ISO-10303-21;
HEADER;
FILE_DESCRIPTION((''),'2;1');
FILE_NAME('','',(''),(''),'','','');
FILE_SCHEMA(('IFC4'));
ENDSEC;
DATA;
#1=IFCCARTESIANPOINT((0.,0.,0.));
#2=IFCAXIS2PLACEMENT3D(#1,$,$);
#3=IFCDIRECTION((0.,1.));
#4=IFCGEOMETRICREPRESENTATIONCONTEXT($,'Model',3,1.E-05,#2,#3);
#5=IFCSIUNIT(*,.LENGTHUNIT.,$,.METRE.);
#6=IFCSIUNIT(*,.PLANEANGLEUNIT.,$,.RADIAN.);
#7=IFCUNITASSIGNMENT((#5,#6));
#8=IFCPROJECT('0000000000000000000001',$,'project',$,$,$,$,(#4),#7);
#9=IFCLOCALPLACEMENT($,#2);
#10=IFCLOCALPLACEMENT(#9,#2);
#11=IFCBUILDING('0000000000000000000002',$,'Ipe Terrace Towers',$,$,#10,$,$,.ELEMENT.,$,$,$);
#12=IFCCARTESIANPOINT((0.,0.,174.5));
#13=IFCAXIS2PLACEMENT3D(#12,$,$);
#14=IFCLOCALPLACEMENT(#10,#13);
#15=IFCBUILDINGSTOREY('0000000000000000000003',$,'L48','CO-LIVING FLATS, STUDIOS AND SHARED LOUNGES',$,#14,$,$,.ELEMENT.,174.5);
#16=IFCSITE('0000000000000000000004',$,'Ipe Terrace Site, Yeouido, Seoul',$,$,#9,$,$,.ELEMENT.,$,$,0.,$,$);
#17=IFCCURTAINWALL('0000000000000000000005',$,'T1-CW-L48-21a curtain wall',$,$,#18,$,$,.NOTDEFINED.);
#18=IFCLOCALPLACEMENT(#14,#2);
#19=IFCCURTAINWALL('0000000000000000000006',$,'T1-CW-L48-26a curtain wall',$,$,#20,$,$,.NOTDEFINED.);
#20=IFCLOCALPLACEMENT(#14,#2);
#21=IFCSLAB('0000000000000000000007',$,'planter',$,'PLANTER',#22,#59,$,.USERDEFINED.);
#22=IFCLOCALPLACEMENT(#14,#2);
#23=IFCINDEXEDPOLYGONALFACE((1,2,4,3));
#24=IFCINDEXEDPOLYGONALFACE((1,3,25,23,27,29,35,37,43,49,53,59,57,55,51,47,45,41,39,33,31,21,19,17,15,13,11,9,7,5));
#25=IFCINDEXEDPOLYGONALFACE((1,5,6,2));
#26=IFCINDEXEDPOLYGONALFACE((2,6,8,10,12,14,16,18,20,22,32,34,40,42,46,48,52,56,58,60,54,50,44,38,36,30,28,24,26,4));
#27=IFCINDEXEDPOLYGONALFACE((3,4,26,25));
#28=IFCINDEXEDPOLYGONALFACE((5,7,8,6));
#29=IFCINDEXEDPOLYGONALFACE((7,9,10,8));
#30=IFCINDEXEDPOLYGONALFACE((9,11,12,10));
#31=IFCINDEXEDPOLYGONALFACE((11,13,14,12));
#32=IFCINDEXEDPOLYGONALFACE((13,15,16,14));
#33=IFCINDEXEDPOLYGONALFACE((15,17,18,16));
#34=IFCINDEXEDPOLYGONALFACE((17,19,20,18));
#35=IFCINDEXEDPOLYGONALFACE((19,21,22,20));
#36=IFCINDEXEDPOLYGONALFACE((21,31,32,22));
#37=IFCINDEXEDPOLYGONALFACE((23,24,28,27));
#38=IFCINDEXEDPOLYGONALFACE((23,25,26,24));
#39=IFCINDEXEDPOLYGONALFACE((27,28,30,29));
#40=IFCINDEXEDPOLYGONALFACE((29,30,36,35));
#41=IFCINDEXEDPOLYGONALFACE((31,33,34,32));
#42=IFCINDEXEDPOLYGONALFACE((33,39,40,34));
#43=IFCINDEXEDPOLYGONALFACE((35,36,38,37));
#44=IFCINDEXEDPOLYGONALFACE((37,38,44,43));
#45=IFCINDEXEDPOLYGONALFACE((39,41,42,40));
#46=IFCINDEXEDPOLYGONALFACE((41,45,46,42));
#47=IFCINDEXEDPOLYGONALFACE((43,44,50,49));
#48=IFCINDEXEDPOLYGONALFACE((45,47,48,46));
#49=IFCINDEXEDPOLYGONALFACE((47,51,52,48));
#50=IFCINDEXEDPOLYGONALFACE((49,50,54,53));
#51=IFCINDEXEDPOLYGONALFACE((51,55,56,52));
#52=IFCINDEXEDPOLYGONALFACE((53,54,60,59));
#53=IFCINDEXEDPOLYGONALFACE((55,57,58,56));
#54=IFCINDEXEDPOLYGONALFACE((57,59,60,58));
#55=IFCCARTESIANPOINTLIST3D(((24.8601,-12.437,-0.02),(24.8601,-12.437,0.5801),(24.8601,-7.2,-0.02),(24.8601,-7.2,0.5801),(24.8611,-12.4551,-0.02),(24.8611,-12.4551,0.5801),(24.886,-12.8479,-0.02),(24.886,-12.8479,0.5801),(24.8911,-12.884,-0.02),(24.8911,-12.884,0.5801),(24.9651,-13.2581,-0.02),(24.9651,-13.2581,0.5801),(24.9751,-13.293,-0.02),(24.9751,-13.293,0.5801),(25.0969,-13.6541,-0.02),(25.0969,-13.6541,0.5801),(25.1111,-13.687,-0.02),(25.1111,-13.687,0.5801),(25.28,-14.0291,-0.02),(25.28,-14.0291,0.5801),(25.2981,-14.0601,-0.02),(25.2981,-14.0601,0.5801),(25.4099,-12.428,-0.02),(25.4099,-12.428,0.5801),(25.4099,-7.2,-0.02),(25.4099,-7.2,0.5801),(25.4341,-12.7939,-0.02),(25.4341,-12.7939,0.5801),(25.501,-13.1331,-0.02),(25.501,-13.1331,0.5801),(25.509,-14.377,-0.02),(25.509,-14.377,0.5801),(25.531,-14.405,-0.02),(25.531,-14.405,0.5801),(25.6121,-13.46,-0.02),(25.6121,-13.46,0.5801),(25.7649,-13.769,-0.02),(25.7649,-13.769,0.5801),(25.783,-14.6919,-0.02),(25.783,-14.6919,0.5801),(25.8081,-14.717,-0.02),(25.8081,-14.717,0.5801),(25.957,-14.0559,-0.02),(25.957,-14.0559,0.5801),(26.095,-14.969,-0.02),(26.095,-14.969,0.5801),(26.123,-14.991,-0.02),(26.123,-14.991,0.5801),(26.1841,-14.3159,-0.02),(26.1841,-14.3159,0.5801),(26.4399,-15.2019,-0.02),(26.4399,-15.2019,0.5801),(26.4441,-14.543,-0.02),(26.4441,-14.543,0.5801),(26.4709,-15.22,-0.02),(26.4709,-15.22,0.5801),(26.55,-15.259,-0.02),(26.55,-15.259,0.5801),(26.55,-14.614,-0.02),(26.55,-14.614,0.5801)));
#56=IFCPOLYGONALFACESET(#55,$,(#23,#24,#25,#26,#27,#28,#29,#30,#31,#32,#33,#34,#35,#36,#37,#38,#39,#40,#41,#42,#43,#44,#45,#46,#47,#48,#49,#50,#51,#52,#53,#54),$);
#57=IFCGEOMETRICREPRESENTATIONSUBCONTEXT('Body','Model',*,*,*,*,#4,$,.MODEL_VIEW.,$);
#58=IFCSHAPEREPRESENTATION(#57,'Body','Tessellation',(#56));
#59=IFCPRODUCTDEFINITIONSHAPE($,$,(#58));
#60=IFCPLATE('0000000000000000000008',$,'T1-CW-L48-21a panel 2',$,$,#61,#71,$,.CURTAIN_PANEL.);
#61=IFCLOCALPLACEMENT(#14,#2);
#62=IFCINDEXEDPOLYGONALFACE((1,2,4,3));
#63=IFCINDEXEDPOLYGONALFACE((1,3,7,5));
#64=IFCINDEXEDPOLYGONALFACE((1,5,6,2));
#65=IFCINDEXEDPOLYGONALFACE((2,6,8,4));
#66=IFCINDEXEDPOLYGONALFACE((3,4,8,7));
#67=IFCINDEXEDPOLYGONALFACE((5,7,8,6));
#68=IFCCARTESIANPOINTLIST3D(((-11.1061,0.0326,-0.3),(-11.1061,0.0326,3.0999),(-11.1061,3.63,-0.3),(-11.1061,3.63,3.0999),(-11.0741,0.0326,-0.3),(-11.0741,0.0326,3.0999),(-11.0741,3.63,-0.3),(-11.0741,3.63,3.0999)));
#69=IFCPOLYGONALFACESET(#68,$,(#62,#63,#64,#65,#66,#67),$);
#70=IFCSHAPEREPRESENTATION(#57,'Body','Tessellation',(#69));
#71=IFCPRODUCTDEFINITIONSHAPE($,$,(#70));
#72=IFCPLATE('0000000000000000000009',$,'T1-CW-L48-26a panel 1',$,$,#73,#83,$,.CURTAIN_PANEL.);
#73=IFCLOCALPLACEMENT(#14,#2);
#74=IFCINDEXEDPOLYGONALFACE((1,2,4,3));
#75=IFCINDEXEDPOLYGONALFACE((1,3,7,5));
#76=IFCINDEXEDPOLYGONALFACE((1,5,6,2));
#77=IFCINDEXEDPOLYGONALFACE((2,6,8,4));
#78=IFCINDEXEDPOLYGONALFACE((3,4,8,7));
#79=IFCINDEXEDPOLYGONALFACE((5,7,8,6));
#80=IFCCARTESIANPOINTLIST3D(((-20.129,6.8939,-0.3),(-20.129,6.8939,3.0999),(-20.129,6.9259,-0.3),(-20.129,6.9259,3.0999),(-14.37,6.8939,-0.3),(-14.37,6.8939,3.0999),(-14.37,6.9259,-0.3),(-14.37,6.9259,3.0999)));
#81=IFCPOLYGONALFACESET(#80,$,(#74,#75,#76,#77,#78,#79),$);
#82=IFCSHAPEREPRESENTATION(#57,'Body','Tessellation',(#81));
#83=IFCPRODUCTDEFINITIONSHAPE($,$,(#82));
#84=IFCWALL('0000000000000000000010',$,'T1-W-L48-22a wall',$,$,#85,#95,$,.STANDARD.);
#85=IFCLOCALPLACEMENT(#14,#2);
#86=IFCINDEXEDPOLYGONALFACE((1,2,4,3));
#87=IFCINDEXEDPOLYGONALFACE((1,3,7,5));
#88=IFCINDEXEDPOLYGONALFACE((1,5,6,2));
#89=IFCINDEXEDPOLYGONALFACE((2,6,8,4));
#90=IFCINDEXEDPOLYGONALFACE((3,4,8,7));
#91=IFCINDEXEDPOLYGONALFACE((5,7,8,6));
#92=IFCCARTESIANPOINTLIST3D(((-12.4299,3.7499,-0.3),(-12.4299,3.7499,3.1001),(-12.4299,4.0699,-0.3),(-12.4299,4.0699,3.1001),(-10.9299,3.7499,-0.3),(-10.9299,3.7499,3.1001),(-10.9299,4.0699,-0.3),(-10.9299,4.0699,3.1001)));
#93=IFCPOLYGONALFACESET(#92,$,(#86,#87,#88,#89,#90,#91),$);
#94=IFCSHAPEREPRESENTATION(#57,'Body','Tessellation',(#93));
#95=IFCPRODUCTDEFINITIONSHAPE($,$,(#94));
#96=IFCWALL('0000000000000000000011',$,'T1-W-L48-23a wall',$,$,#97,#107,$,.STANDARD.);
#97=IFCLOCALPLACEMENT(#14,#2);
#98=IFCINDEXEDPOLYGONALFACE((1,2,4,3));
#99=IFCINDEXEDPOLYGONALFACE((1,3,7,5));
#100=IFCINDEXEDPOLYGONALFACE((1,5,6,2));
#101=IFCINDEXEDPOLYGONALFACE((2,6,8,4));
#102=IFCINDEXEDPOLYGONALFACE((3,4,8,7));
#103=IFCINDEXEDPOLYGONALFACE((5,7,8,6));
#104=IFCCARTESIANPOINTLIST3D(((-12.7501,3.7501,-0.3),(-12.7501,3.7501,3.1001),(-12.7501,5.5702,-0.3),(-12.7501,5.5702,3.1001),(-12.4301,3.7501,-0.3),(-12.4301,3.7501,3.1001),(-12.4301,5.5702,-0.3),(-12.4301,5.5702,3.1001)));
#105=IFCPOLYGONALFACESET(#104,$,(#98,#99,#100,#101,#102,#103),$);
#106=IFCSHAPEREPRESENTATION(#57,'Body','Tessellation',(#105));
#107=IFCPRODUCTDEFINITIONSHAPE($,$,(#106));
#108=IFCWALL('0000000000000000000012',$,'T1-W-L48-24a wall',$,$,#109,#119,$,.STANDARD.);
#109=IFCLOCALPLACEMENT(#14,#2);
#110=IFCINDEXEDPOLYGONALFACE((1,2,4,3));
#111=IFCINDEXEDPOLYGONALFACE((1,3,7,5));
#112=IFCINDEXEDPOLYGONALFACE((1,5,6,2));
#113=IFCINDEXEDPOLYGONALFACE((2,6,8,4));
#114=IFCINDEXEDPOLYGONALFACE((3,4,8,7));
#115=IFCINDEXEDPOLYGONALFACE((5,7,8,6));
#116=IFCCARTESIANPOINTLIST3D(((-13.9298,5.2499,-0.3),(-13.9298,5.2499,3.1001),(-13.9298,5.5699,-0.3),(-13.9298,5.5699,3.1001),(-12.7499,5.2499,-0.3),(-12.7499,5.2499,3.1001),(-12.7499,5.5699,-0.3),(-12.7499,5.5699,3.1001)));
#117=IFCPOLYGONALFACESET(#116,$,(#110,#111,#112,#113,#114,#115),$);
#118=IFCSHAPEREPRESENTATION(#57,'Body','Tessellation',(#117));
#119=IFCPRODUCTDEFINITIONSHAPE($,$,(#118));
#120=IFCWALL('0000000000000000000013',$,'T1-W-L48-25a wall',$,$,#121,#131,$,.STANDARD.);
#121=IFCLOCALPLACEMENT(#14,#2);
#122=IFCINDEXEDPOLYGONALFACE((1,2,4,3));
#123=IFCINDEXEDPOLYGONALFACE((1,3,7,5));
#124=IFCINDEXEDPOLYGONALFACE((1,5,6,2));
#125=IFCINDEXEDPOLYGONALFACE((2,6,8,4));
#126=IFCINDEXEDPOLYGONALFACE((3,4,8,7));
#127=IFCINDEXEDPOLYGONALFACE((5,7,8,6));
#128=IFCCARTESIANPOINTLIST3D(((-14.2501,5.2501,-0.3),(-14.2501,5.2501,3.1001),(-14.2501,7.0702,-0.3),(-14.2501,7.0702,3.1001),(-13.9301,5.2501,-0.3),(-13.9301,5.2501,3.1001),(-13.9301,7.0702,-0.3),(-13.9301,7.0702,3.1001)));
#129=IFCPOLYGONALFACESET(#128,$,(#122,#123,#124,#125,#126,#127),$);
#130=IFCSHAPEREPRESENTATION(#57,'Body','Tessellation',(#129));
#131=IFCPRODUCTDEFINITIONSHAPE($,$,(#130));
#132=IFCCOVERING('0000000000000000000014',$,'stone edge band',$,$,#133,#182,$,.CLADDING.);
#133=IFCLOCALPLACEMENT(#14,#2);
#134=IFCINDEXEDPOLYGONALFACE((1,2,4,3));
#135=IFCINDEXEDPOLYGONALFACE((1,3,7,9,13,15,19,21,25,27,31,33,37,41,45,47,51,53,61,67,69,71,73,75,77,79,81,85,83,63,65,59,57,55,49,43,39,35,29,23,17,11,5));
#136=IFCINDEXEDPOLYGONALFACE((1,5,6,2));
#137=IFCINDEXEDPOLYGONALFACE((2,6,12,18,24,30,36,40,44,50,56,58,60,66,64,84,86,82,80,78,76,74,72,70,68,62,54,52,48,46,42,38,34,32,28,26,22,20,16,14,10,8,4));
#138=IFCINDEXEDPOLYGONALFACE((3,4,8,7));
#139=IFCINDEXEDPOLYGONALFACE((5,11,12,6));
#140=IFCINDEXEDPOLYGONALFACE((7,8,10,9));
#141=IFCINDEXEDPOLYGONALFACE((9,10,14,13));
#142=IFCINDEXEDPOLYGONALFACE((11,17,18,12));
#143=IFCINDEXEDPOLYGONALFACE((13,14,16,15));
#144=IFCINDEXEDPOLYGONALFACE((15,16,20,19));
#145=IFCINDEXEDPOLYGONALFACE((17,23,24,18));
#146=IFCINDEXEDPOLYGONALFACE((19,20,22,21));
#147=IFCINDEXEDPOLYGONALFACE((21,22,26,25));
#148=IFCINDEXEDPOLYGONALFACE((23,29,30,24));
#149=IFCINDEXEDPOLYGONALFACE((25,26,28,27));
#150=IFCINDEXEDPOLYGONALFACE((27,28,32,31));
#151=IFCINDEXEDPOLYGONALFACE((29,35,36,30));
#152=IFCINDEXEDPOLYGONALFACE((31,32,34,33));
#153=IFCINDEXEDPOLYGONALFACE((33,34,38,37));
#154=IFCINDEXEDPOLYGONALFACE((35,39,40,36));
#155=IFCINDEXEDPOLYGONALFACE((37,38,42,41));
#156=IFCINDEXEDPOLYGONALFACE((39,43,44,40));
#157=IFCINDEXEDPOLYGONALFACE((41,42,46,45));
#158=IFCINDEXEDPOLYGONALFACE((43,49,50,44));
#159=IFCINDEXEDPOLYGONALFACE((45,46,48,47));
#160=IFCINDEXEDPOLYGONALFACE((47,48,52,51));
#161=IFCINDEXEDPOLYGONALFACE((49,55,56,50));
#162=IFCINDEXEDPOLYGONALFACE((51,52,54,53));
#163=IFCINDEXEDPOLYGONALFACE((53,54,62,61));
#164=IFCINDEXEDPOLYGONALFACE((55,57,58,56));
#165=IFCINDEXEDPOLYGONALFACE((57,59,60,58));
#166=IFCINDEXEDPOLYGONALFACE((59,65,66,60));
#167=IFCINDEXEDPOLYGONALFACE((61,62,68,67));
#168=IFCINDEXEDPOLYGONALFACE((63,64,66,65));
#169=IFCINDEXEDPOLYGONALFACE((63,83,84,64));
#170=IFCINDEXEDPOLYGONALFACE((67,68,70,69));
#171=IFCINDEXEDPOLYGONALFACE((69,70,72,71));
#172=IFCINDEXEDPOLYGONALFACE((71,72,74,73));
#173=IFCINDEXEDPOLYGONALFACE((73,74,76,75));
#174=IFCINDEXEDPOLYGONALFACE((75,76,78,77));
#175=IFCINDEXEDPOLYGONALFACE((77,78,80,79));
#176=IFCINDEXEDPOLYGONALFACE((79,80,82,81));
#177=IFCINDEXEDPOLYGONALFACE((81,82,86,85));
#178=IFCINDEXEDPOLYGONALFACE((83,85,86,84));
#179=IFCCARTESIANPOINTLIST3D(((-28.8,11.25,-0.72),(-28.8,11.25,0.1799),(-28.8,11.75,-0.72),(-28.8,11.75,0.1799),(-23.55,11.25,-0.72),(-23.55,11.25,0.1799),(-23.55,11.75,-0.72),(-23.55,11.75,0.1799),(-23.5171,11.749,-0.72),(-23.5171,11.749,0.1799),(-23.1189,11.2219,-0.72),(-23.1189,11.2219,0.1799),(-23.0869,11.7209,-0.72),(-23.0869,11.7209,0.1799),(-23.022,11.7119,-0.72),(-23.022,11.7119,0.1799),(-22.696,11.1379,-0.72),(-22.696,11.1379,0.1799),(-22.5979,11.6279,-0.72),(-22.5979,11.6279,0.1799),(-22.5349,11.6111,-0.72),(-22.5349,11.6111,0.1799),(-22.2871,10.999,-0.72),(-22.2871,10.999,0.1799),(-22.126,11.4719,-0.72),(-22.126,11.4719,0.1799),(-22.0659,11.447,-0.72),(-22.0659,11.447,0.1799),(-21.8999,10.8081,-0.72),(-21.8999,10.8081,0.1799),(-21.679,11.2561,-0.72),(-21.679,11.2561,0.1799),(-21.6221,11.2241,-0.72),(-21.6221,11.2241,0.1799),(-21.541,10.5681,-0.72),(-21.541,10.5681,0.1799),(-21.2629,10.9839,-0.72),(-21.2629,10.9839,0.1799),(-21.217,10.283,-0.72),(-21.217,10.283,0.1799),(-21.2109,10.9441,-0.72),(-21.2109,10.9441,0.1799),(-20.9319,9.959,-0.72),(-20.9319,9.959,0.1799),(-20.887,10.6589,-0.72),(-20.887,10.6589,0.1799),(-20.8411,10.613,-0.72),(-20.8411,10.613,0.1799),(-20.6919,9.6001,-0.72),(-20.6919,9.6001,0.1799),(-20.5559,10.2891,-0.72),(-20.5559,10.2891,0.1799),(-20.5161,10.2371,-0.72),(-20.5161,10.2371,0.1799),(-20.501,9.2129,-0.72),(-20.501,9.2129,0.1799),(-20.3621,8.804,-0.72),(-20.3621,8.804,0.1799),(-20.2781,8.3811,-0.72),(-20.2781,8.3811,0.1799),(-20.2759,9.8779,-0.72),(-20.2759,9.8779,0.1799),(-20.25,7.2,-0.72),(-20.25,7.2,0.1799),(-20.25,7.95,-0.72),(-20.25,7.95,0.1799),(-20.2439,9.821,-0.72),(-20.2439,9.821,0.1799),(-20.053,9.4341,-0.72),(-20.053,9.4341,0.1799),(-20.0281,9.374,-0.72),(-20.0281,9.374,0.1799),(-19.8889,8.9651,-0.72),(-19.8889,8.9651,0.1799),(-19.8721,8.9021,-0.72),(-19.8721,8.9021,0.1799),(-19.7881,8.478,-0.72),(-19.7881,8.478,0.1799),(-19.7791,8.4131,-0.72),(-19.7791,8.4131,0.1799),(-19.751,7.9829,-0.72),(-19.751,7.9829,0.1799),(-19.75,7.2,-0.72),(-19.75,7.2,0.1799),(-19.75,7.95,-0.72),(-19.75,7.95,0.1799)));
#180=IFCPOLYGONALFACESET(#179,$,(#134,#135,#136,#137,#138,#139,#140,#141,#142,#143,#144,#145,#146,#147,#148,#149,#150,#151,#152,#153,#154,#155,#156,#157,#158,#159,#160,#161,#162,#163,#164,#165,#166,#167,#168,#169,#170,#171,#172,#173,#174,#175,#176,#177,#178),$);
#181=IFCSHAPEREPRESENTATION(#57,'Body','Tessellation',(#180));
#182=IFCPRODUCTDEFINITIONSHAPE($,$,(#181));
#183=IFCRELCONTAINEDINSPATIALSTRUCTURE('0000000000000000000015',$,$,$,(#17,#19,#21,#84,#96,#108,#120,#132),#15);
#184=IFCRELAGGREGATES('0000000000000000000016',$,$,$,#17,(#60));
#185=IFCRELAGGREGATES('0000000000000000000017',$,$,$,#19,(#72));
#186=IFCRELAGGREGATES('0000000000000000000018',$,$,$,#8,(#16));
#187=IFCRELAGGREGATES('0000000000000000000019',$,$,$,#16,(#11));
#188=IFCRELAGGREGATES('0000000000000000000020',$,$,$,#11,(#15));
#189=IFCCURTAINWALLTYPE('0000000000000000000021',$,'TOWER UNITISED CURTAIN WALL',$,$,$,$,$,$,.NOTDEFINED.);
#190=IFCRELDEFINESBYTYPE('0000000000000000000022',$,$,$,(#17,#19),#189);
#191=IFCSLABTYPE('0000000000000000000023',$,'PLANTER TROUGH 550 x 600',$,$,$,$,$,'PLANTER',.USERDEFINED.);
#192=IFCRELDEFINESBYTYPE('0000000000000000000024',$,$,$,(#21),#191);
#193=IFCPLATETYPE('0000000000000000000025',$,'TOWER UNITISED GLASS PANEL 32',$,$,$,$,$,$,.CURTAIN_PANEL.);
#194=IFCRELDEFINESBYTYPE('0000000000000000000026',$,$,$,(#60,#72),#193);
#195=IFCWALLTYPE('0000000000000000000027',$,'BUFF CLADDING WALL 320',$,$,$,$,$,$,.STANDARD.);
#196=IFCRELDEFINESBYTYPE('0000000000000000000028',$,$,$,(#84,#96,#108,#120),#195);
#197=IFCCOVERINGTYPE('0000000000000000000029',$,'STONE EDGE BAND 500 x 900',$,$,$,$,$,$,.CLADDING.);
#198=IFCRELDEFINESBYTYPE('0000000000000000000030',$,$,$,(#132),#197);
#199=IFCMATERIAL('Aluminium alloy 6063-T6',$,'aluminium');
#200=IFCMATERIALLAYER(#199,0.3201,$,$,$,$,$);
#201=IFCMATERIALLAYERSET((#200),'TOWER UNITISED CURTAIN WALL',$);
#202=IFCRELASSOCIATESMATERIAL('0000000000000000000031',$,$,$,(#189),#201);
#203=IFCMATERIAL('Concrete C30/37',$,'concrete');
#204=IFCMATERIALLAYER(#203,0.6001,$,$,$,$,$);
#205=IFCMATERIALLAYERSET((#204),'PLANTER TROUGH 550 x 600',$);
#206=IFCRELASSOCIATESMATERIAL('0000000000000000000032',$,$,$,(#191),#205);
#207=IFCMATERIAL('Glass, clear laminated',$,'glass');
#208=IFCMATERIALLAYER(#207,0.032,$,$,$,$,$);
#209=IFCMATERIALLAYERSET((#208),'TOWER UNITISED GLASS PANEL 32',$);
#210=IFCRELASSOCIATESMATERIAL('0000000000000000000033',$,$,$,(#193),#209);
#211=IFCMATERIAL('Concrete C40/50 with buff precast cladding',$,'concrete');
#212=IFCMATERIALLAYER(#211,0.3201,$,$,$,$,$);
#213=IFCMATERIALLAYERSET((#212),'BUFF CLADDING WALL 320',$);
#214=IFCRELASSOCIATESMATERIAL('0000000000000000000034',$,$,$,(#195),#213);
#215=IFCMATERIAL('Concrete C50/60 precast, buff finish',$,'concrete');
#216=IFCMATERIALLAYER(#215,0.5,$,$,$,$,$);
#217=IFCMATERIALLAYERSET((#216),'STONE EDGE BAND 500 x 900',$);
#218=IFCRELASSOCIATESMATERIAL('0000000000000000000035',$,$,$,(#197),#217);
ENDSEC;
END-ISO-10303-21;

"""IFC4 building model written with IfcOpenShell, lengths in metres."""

from ifc_helpers import new_model, si_unit, direction, frame, frame_2d, origin, origin_2d, place, context, subcontext, project, spatial, polyline, rectangle, outline, extrude, material, layer, layer_set, type_object, element, aggregate, save


model = new_model("IFC4")

# Units and contexts
model_context = context("Model", 3, precision=1e-05, world=origin(), true_north=direction((0.0, 1.0)))
body_context = subcontext(model_context, "Body", "Model", "MODEL_VIEW")
ifc_project = project(units=[si_unit("LENGTHUNIT", "METRE"), si_unit("PLANEANGLEUNIT", "RADIAN")], contexts=[model_context])

# Site, building, storey
site_placement = place(None, origin())
site = spatial("IfcSite", under=ifc_project, at=site_placement, Name="Ipe Terrace Site, Yeouido, Seoul", CompositionType="ELEMENT", RefElevation=0.0)
building_placement = place(site_placement, origin())
building = spatial("IfcBuilding", under=site, at=building_placement, Name="Ipe Terrace Towers", CompositionType="ELEMENT")
storey_placement = place(building_placement, frame((0.0, 0.0, 174.5)))
storey = spatial("IfcBuildingStorey", under=building, at=storey_placement, Name="L48", Description="CO-LIVING FLATS, STUDIOS AND SHARED LOUNGES", CompositionType="ELEMENT", Elevation=174.5)

# Curtain wall
ifc_material_1 = material(Name="Aluminium alloy 6063-T6", Category="aluminium")
ifc_layer_1 = layer(ifc_material_1, 0.3201)
ifc_layer_set_1 = layer_set([ifc_layer_1], Name="TOWER UNITISED CURTAIN WALL")
curtain_wall_type = type_object("IfcCurtainWallType", Name="TOWER UNITISED CURTAIN WALL", PredefinedType="NOTDEFINED", material=ifc_layer_set_1)
curtain_wall_1_placement = place(storey_placement, origin())
curtain_wall_1 = element("IfcCurtainWall", 1, at=curtain_wall_1_placement, inside=storey, type_object=curtain_wall_type, Name="T1-CW-L48-21a curtain wall", PredefinedType="NOTDEFINED")

# Curtain wall
curtain_wall_2_placement = place(storey_placement, origin())
curtain_wall_2 = element("IfcCurtainWall", 2, at=curtain_wall_2_placement, inside=storey, type_object=curtain_wall_type, Name="T1-CW-L48-26a curtain wall", PredefinedType="NOTDEFINED")

# Slab
ifc_material_2 = material(Name="Concrete C30/37", Category="concrete")
ifc_layer_2 = layer(ifc_material_2, 0.6001)
ifc_layer_set_2 = layer_set([ifc_layer_2], Name="PLANTER TROUGH 550 x 600")
slab_type_1 = type_object("IfcSlabType", Name="PLANTER TROUGH 550 x 600", ElementType="PLANTER", PredefinedType="USERDEFINED", material=ifc_layer_set_2)
slab_1_placement = place(storey_placement, frame((0.0, 0.0, -0.02)))
element("IfcSlab", 3, at=slab_1_placement, inside=storey, type_object=slab_type_1, Name="planter", ObjectType="PLANTER", PredefinedType="USERDEFINED", context=body_context, shape_type="SweptSolid", body=[
    extrude(outline(polyline([(26.4441, -14.543), (26.1841, -14.3159), (25.957, -14.0559), (25.7649, -13.769), (25.6121, -13.46), (25.501, -13.1331), (25.4341, -12.7939), (25.4099, -12.428), (25.4099, -7.2), (24.8601, -7.2), (24.8601, -12.437), (24.8611, -12.4551), (24.886, -12.8479), (24.8911, -12.884), (24.9651, -13.2581), (24.9751, -13.293), (25.0969, -13.6541), (25.1111, -13.687), (25.28, -14.0291), (25.2981, -14.0601), (25.509, -14.377), (25.531, -14.405), (25.783, -14.6919), (25.8081, -14.717), (26.095, -14.969), (26.123, -14.991), (26.4399, -15.2019), (26.4709, -15.22), (26.55, -15.259), (26.55, -14.614), (26.4441, -14.543)])), origin(), (0.0, 0.0, 1.0), 0.6001),
])

# Plates
ifc_material_3 = material(Name="Glass, clear laminated", Category="glass")
ifc_layer_3 = layer(ifc_material_3, 0.032)
ifc_layer_set_3 = layer_set([ifc_layer_3], Name="TOWER UNITISED GLASS PANEL 32")
plate_type = type_object("IfcPlateType", Name="TOWER UNITISED GLASS PANEL 32", PredefinedType="CURTAIN_PANEL", material=ifc_layer_set_3)
plate_1_placement = place(storey_placement, frame((-11.0901, 1.8313, -0.3), z_axis=(0.0, 0.0, 1.0), x_axis=(0.0, 1.0, 0.0)))
plate_1 = element("IfcPlate", 4, at=plate_1_placement, type_object=plate_type, Name="T1-CW-L48-21a panel 2", PredefinedType="CURTAIN_PANEL", context=body_context, shape_type="SweptSolid", body=[
    extrude(rectangle(XDim=3.5974, YDim=0.032, at=origin_2d()), origin(), (0.0, 0.0, 1.0), 3.3999),
])
aggregate(curtain_wall_1, [plate_1])
plate_2_placement = place(storey_placement, frame((-17.2495, 6.9099, -0.3), z_axis=(0.0, 0.0, 1.0), x_axis=(-1.0, 0.0, 0.0)))
plate_2 = element("IfcPlate", 5, at=plate_2_placement, type_object=plate_type, Name="T1-CW-L48-26a panel 1", PredefinedType="CURTAIN_PANEL", context=body_context, shape_type="SweptSolid", body=[
    extrude(rectangle(XDim=5.759, YDim=0.032, at=origin_2d()), origin(), (0.0, 0.0, 1.0), 3.3999),
])
aggregate(curtain_wall_2, [plate_2])

# Walls
ifc_material_4 = material(Name="Concrete C40/50 with buff precast cladding", Category="concrete")
ifc_layer_4 = layer(ifc_material_4, 0.3201)
ifc_layer_set_4 = layer_set([ifc_layer_4], Name="BUFF CLADDING WALL 320")
wall_type = type_object("IfcWallType", Name="BUFF CLADDING WALL 320", PredefinedType="STANDARD", material=ifc_layer_set_4)
wall_1_placement = place(storey_placement, frame((-10.9299, 3.9099, -0.3), z_axis=(0.0, 0.0, 1.0), x_axis=(-1.0, 0.0, 0.0)))
element("IfcWall", 6, at=wall_1_placement, inside=storey, type_object=wall_type, Name="T1-W-L48-22a wall", PredefinedType="STANDARD", context=body_context, shape_type="SweptSolid", body=[
    extrude(rectangle(XDim=1.5, YDim=0.3201, at=frame_2d((0.75, 0.0))), origin(), (0.0, 0.0, 1.0), 3.4001),
])
wall_2_placement = place(storey_placement, frame((-12.5901, 3.75, -0.3), z_axis=(0.0, 0.0, 1.0), x_axis=(0.0, 1.0, 0.0)))
element("IfcWall", 7, at=wall_2_placement, inside=storey, type_object=wall_type, Name="T1-W-L48-23a wall", PredefinedType="STANDARD", context=body_context, shape_type="SweptSolid", body=[
    extrude(rectangle(XDim=1.8201, YDim=0.3201, at=frame_2d((0.9102, 0.0))), origin(), (0.0, 0.0, 1.0), 3.4001),
])
wall_3_placement = place(storey_placement, frame((-12.75, 5.4099, -0.3), z_axis=(0.0, 0.0, 1.0), x_axis=(-1.0, 0.0, 0.0)))
element("IfcWall", 8, at=wall_3_placement, inside=storey, type_object=wall_type, Name="T1-W-L48-24a wall", PredefinedType="STANDARD", context=body_context, shape_type="SweptSolid", body=[
    extrude(rectangle(XDim=1.1799, YDim=0.3201, at=frame_2d((0.5898, 0.0))), origin(), (0.0, 0.0, 1.0), 3.4001),
])
wall_4_placement = place(storey_placement, frame((-14.0901, 5.25, -0.3), z_axis=(0.0, 0.0, 1.0), x_axis=(0.0, 1.0, 0.0)))
element("IfcWall", 9, at=wall_4_placement, inside=storey, type_object=wall_type, Name="T1-W-L48-25a wall", PredefinedType="STANDARD", context=body_context, shape_type="SweptSolid", body=[
    extrude(rectangle(XDim=1.8201, YDim=0.3201, at=frame_2d((0.9102, 0.0))), origin(), (0.0, 0.0, 1.0), 3.4001),
])

# Covering
ifc_material_5 = material(Name="Concrete C50/60 precast, buff finish", Category="concrete")
ifc_layer_5 = layer(ifc_material_5, 0.5)
ifc_layer_set_5 = layer_set([ifc_layer_5], Name="STONE EDGE BAND 500 x 900")
covering_type = type_object("IfcCoveringType", Name="STONE EDGE BAND 500 x 900", PredefinedType="CLADDING", material=ifc_layer_set_5)
covering_1_placement = place(storey_placement, frame((0.0, 0.0, -0.72)))
element("IfcCovering", 10, at=covering_1_placement, inside=storey, type_object=covering_type, Name="stone edge band", PredefinedType="CLADDING", context=body_context, shape_type="SweptSolid", body=[
    extrude(outline(polyline([(-23.55, 11.75), (-28.8, 11.75), (-28.8, 11.25), (-23.55, 11.25), (-23.1189, 11.2219), (-22.696, 11.1379), (-22.2871, 10.999), (-21.8999, 10.8081), (-21.541, 10.5681), (-21.217, 10.283), (-20.9319, 9.959), (-20.6919, 9.6001), (-20.501, 9.2129), (-20.3621, 8.804), (-20.2781, 8.3811), (-20.25, 7.95), (-20.25, 7.2), (-19.75, 7.2), (-19.75, 7.95), (-19.751, 7.9829), (-19.7791, 8.4131), (-19.7881, 8.478), (-19.8721, 8.9021), (-19.8889, 8.9651), (-20.0281, 9.374), (-20.053, 9.4341), (-20.2439, 9.821), (-20.2759, 9.8779), (-20.5161, 10.2371), (-20.5559, 10.2891), (-20.8411, 10.613), (-20.887, 10.6589), (-21.2109, 10.9441), (-21.2629, 10.9839), (-21.6221, 11.2241), (-21.679, 11.2561), (-22.0659, 11.447), (-22.126, 11.4719), (-22.5349, 11.6111), (-22.5979, 11.6279), (-23.022, 11.7119), (-23.0869, 11.7209), (-23.5171, 11.749), (-23.55, 11.75)])), origin(), (0.0, 0.0, 1.0), 0.8999),
])

save(model, "model.ifc")
